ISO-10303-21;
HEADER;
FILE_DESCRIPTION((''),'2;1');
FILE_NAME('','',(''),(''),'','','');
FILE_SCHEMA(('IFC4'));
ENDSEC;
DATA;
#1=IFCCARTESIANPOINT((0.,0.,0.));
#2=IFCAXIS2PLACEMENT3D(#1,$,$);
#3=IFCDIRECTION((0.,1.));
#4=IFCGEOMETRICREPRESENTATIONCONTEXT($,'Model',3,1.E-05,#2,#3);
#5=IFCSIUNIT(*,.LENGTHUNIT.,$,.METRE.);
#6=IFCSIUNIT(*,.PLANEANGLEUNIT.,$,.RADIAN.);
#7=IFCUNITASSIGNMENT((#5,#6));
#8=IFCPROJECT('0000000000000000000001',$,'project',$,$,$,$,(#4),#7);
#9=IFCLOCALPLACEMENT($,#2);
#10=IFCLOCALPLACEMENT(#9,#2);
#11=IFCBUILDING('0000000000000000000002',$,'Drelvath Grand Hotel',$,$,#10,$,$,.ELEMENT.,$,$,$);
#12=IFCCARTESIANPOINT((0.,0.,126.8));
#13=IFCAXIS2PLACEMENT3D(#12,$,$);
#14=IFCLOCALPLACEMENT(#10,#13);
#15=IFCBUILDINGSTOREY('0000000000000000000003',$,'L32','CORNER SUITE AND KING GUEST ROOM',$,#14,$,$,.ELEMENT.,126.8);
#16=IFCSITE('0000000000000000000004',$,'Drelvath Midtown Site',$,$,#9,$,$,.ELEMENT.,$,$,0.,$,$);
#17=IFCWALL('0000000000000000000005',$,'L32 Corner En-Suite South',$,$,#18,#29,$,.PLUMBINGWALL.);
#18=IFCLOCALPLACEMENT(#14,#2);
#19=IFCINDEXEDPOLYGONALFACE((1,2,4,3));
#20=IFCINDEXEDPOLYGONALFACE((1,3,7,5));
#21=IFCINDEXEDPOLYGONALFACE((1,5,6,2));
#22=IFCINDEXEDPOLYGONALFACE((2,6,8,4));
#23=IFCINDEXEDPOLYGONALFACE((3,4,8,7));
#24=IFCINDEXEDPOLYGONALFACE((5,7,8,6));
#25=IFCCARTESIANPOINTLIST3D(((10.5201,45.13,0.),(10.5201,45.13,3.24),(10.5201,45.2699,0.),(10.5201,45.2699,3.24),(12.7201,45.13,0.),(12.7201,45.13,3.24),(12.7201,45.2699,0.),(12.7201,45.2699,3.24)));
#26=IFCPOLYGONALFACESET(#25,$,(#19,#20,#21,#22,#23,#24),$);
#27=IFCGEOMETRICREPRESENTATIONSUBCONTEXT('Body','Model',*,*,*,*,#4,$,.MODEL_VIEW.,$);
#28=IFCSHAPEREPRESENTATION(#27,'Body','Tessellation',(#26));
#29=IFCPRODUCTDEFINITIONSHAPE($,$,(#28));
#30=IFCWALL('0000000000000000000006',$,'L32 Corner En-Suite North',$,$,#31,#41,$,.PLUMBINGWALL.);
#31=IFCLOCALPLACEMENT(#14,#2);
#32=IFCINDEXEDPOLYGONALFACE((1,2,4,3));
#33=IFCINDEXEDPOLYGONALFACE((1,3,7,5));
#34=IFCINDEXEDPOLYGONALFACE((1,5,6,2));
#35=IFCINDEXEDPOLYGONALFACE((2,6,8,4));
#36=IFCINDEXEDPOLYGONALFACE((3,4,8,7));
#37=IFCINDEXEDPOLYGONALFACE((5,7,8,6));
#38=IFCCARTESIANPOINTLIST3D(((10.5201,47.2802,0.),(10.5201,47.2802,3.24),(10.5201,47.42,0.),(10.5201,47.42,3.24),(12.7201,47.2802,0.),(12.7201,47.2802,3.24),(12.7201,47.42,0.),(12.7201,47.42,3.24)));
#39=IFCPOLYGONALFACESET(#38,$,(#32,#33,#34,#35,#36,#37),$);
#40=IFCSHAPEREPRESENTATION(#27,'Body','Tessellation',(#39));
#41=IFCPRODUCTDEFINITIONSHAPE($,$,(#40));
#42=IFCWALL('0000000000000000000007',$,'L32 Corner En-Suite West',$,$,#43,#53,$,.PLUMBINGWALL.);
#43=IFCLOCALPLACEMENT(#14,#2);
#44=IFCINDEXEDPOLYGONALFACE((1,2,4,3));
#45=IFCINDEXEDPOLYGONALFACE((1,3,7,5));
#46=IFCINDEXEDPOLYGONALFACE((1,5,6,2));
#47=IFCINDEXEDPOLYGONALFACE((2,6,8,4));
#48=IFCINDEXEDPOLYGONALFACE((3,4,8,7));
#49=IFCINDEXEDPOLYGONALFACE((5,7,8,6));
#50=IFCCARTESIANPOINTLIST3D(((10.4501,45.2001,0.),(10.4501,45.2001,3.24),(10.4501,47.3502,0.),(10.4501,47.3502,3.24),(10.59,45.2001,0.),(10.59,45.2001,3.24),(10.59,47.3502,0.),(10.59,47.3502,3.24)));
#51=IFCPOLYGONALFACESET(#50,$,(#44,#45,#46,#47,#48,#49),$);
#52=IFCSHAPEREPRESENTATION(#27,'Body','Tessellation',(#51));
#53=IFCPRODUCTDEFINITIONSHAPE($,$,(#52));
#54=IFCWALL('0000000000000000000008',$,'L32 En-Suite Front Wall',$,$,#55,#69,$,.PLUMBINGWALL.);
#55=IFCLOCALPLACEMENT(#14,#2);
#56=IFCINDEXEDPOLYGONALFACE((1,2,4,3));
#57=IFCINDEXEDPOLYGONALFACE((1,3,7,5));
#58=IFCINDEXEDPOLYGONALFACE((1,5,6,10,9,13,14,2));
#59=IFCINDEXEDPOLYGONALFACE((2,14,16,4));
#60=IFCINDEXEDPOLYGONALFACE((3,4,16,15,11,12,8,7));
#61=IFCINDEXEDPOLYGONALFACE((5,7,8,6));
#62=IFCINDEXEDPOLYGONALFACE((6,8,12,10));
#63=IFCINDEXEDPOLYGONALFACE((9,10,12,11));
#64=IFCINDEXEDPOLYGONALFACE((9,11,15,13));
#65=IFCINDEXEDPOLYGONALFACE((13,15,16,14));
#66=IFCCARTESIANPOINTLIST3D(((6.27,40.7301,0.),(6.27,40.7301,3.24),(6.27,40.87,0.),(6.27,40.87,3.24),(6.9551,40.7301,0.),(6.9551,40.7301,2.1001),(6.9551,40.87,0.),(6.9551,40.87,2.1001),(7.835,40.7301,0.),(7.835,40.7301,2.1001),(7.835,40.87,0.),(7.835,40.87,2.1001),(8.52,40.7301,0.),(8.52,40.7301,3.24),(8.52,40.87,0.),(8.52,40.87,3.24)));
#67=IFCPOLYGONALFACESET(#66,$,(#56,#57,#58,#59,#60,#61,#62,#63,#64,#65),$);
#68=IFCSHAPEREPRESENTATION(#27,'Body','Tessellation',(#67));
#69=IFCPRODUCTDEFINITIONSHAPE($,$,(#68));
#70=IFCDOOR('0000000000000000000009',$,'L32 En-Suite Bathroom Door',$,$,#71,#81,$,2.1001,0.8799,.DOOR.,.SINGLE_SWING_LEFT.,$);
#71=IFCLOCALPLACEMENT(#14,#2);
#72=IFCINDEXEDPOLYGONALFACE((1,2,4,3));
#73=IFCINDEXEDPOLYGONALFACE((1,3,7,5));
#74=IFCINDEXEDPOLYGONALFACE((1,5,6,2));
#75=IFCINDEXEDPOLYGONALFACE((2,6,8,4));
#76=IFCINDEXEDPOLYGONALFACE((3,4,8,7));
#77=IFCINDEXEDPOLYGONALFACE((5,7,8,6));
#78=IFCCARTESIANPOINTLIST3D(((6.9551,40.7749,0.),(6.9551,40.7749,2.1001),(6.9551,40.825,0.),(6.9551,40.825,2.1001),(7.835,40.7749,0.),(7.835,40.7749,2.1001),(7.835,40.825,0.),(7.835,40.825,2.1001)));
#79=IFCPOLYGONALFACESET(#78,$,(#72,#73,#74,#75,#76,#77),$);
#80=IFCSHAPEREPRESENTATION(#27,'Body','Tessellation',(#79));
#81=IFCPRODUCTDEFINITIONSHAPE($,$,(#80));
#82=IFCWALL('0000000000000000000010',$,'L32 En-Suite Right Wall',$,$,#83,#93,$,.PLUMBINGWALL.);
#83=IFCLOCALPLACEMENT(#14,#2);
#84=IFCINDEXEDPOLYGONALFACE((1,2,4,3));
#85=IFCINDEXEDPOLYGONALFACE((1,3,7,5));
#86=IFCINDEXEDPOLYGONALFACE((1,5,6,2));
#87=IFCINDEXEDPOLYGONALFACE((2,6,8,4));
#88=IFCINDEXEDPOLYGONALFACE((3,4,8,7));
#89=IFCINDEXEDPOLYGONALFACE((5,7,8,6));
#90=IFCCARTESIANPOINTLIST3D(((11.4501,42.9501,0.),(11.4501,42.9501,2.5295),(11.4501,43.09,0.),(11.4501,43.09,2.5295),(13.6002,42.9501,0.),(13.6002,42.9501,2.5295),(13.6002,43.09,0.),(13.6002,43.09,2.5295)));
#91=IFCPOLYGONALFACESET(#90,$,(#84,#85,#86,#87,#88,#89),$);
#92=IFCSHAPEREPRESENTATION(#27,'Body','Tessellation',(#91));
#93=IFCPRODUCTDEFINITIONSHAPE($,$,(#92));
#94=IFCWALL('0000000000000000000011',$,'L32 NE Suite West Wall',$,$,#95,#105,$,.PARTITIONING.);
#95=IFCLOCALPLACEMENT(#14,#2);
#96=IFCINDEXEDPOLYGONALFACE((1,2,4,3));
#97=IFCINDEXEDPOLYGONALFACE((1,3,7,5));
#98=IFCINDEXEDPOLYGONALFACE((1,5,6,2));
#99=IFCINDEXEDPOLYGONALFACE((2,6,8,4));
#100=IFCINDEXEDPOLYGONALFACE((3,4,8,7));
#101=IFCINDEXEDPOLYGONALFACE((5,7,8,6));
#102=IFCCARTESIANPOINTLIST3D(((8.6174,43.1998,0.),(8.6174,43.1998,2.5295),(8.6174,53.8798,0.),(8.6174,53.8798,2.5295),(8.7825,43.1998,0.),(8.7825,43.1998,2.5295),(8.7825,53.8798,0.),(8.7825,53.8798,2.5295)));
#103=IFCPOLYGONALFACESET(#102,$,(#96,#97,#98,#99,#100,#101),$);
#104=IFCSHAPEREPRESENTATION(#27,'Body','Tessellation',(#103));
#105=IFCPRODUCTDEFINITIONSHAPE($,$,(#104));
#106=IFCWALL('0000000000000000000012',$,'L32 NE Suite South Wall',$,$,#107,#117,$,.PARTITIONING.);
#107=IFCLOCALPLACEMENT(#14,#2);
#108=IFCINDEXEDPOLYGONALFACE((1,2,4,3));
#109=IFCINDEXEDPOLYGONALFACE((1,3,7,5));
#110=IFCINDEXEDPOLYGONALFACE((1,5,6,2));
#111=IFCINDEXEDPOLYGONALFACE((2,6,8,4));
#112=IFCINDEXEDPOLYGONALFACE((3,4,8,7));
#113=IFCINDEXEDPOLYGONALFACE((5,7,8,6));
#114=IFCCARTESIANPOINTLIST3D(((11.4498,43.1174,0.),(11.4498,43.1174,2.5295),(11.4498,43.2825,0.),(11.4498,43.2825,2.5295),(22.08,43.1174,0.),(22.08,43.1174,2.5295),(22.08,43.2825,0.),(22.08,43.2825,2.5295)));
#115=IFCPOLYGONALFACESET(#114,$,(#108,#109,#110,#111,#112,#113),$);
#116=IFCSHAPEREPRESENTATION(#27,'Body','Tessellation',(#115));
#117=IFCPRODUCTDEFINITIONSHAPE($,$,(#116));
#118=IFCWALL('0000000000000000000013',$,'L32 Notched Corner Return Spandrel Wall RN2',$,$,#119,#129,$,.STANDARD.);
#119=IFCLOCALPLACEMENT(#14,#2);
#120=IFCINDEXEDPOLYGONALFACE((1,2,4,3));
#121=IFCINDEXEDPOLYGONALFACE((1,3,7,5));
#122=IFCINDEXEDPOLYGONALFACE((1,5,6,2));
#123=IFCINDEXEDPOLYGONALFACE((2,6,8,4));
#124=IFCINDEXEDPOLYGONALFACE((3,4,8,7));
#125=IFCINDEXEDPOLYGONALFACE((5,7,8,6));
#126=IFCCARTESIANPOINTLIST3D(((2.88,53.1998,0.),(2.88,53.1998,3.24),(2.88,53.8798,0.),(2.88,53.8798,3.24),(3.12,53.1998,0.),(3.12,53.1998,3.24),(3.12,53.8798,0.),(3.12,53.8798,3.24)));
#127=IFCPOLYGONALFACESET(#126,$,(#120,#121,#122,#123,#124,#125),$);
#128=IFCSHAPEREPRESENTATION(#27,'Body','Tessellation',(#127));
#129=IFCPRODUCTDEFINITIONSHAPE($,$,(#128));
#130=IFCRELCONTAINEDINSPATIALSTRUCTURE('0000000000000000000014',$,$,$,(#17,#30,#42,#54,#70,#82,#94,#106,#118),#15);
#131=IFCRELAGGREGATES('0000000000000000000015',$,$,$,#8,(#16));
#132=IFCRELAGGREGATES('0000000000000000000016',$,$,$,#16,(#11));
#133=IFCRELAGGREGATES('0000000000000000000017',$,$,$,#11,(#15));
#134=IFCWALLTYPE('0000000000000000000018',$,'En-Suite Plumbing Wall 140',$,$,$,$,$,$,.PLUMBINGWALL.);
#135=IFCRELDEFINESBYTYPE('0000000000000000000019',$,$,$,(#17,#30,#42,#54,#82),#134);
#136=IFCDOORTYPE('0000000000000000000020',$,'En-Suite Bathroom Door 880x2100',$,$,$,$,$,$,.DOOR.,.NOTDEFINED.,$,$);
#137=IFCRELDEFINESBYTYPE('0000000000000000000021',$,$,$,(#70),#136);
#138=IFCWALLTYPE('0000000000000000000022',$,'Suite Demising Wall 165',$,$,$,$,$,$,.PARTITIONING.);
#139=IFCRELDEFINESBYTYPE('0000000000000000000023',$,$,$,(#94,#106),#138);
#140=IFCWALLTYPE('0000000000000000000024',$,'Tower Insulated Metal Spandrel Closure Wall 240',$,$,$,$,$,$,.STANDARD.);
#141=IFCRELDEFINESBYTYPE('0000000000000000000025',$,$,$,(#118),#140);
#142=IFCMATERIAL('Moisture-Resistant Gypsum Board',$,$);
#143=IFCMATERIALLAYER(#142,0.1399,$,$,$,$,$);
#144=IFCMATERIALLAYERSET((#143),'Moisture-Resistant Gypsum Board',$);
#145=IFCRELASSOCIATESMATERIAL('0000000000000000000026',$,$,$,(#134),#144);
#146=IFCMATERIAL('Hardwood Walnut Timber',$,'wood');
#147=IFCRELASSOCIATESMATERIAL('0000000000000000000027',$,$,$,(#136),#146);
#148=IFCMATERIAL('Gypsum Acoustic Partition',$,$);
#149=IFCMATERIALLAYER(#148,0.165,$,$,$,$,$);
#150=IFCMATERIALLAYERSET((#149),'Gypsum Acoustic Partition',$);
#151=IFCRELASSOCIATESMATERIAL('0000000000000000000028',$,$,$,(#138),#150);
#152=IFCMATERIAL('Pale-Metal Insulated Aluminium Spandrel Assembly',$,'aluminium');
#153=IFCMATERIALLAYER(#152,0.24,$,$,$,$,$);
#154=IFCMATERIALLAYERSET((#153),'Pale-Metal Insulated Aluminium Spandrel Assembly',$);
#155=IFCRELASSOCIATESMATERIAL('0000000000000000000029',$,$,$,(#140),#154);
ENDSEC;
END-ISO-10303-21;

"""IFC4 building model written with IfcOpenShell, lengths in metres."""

from ifc_helpers import new_model, si_unit, direction, frame, frame_2d, origin, place, context, subcontext, project, spatial, rectangle, extrude, material, layer, layer_set, type_object, element, fill, save


model = new_model("IFC4")

# Units and contexts
model_context = context("Model", 3, precision=1e-05, world=origin(), true_north=direction((0.0, 1.0)))
body_context = subcontext(model_context, "Body", "Model", "MODEL_VIEW")
ifc_project = project(units=[si_unit("LENGTHUNIT", "METRE"), si_unit("PLANEANGLEUNIT", "RADIAN")], contexts=[model_context])

# Site, building, storey
site_placement = place(None, origin())
site = spatial("IfcSite", under=ifc_project, at=site_placement, Name="Drelvath Midtown Site", CompositionType="ELEMENT", RefElevation=0.0)
building_placement = place(site_placement, origin())
building = spatial("IfcBuilding", under=site, at=building_placement, Name="Drelvath Grand Hotel", CompositionType="ELEMENT")
storey_placement = place(building_placement, frame((0.0, 0.0, 126.8)))
storey = spatial("IfcBuildingStorey", under=building, at=storey_placement, Name="L32", Description="CORNER SUITE AND KING GUEST ROOM", CompositionType="ELEMENT", Elevation=126.8)

# Shared definitions
ifc_material_1 = material(Name="Hardwood Walnut Timber", Category="wood")

# Walls
ifc_material_2 = material(Name="Moisture-Resistant Gypsum Board")
ifc_layer_1 = layer(ifc_material_2, 0.1399)
ifc_layer_set_1 = layer_set([ifc_layer_1], Name="Moisture-Resistant Gypsum Board")
wall_type_1 = type_object("IfcWallType", Name="En-Suite Plumbing Wall 140", PredefinedType="PLUMBINGWALL", material=ifc_layer_set_1)
for number, where, z_axis, x_axis, name in (
    (1, (10.52, 45.2, 0.0), (0.0, 0.0, 1.0), (1.0, 0.0, 0.0), "L32 Corner En-Suite South"),
    (2, (10.52, 47.3501, 0.0), (0.0, 0.0, 1.0), (1.0, 0.0, 0.0), "L32 Corner En-Suite North"),
):
    element("IfcWall", number, at=place(storey_placement, frame(where, z_axis=z_axis, x_axis=x_axis)), inside=storey, type_object=wall_type_1, Name=name, PredefinedType="PLUMBINGWALL", context=body_context, shape_type="SweptSolid", body=[
        extrude(rectangle(XDim=2.2, YDim=0.1399, at=frame_2d((1.1001, 0.0))), origin(), (0.0, 0.0, 1.0), 3.24),
    ])
wall_1_placement = place(storey_placement, frame((10.52, 45.2, 0.0), z_axis=(0.0, 0.0, 1.0), x_axis=(0.0, 1.0, 0.0)))
element("IfcWall", 3, at=wall_1_placement, inside=storey, type_object=wall_type_1, Name="L32 Corner En-Suite West", PredefinedType="PLUMBINGWALL", context=body_context, shape_type="SweptSolid", body=[
    extrude(rectangle(XDim=2.1501, YDim=0.1399, at=frame_2d((1.0752, 0.0))), origin(), (0.0, 0.0, 1.0), 3.24),
])

# Wall, opening, door
wall_2_placement = place(storey_placement, frame((6.27, 40.8, 0.0), z_axis=(0.0, 0.0, 1.0), x_axis=(1.0, 0.0, 0.0)))
wall_2 = element("IfcWall", 4, at=wall_2_placement, inside=storey, type_object=wall_type_1, Name="L32 En-Suite Front Wall", PredefinedType="PLUMBINGWALL", context=body_context, shape_type="SweptSolid", body=[
    extrude(rectangle(XDim=2.25, YDim=0.1399, at=frame_2d((1.125, 0.0))), origin(), (0.0, 0.0, 1.0), 3.24),
])
opening_1_placement = place(wall_2_placement, frame((0.6851, 0.0, 0.0)))
opening_1 = element("IfcOpeningElement", 5, at=opening_1_placement, cuts=wall_2, PredefinedType="OPENING", context=body_context, shape_type="SweptSolid", body=[
    extrude(rectangle(XDim=0.8799, YDim=2.1001, at=frame_2d((0.4399, 1.05))), frame((0.0, 0.0798, 0.0), z_axis=(0.0, -1.0, 0.0), x_axis=(1.0, 0.0, 0.0)), (0.0, 0.0, 1.0), 0.1599),
])
door_type_1 = type_object("IfcDoorType", Name="En-Suite Bathroom Door 880x2100", OperationType="NOTDEFINED", PredefinedType="DOOR", material=ifc_material_1)
door_1_placement = place(opening_1_placement, origin())
door_1 = element("IfcDoor", 6, at=door_1_placement, inside=storey, type_object=door_type_1, Name="L32 En-Suite Bathroom Door", OperationType="SINGLE_SWING_LEFT", OverallHeight=2.1001, OverallWidth=0.8799, PredefinedType="DOOR", context=body_context, shape_type="SweptSolid", body=[
    extrude(rectangle(XDim=0.8799, YDim=2.1001, at=frame_2d((0.4399, 1.05))), frame((0.0, 0.0249, 0.0), z_axis=(0.0, -1.0, 0.0), x_axis=(1.0, 0.0, 0.0)), (0.0, 0.0, 1.0), 0.05),
])
fill(opening_1, door_1)

# Walls
wall_3_placement = place(storey_placement, frame((11.45, 43.02, 0.0), z_axis=(0.0, 0.0, 1.0), x_axis=(1.0, 0.0, 0.0)))
element("IfcWall", 7, at=wall_3_placement, inside=storey, type_object=wall_type_1, Name="L32 En-Suite Right Wall", PredefinedType="PLUMBINGWALL", context=body_context, shape_type="SweptSolid", body=[
    extrude(rectangle(XDim=2.1501, YDim=0.1399, at=frame_2d((1.0752, 0.0))), origin(), (0.0, 0.0, 1.0), 2.5295),
])
ifc_material_3 = material(Name="Gypsum Acoustic Partition")
ifc_layer_2 = layer(ifc_material_3, 0.165)
ifc_layer_set_2 = layer_set([ifc_layer_2], Name="Gypsum Acoustic Partition")
wall_type_2 = type_object("IfcWallType", Name="Suite Demising Wall 165", PredefinedType="PARTITIONING", material=ifc_layer_set_2)
wall_4_placement = place(storey_placement, frame((8.7, 43.2, 0.0), z_axis=(0.0, 0.0, 1.0), x_axis=(0.0, 1.0, 0.0)))
element("IfcWall", 8, at=wall_4_placement, inside=storey, type_object=wall_type_2, Name="L32 NE Suite West Wall", PredefinedType="PARTITIONING", context=body_context, shape_type="SweptSolid", body=[
    extrude(rectangle(XDim=10.6799, YDim=0.165, at=frame_2d((5.3398, 0.0))), origin(), (0.0, 0.0, 1.0), 2.5295),
])
wall_5_placement = place(storey_placement, frame((11.45, 43.2, 0.0), z_axis=(0.0, 0.0, 1.0), x_axis=(1.0, 0.0, 0.0)))
element("IfcWall", 9, at=wall_5_placement, inside=storey, type_object=wall_type_2, Name="L32 NE Suite South Wall", PredefinedType="PARTITIONING", context=body_context, shape_type="SweptSolid", body=[
    extrude(rectangle(XDim=10.6301, YDim=0.165, at=frame_2d((5.3149, 0.0))), origin(), (0.0, 0.0, 1.0), 2.5295),
])
ifc_material_4 = material(Name="Pale-Metal Insulated Aluminium Spandrel Assembly", Category="aluminium")
ifc_layer_3 = layer(ifc_material_4, 0.24)
ifc_layer_set_3 = layer_set([ifc_layer_3], Name="Pale-Metal Insulated Aluminium Spandrel Assembly")
wall_type_3 = type_object("IfcWallType", Name="Tower Insulated Metal Spandrel Closure Wall 240", PredefinedType="STANDARD", material=ifc_layer_set_3)
wall_6_placement = place(storey_placement, frame((3.0, 53.2, 0.0), z_axis=(0.0, 0.0, 1.0), x_axis=(0.0, 1.0, 0.0)))
element("IfcWall", 10, at=wall_6_placement, inside=storey, type_object=wall_type_3, Name="L32 Notched Corner Return Spandrel Wall RN2", PredefinedType="STANDARD", context=body_context, shape_type="SweptSolid", body=[
    extrude(rectangle(XDim=0.6799, YDim=0.24, at=frame_2d((0.3398, 0.0))), origin(), (0.0, 0.0, 1.0), 3.24),
])

save(model, "model.ifc")
